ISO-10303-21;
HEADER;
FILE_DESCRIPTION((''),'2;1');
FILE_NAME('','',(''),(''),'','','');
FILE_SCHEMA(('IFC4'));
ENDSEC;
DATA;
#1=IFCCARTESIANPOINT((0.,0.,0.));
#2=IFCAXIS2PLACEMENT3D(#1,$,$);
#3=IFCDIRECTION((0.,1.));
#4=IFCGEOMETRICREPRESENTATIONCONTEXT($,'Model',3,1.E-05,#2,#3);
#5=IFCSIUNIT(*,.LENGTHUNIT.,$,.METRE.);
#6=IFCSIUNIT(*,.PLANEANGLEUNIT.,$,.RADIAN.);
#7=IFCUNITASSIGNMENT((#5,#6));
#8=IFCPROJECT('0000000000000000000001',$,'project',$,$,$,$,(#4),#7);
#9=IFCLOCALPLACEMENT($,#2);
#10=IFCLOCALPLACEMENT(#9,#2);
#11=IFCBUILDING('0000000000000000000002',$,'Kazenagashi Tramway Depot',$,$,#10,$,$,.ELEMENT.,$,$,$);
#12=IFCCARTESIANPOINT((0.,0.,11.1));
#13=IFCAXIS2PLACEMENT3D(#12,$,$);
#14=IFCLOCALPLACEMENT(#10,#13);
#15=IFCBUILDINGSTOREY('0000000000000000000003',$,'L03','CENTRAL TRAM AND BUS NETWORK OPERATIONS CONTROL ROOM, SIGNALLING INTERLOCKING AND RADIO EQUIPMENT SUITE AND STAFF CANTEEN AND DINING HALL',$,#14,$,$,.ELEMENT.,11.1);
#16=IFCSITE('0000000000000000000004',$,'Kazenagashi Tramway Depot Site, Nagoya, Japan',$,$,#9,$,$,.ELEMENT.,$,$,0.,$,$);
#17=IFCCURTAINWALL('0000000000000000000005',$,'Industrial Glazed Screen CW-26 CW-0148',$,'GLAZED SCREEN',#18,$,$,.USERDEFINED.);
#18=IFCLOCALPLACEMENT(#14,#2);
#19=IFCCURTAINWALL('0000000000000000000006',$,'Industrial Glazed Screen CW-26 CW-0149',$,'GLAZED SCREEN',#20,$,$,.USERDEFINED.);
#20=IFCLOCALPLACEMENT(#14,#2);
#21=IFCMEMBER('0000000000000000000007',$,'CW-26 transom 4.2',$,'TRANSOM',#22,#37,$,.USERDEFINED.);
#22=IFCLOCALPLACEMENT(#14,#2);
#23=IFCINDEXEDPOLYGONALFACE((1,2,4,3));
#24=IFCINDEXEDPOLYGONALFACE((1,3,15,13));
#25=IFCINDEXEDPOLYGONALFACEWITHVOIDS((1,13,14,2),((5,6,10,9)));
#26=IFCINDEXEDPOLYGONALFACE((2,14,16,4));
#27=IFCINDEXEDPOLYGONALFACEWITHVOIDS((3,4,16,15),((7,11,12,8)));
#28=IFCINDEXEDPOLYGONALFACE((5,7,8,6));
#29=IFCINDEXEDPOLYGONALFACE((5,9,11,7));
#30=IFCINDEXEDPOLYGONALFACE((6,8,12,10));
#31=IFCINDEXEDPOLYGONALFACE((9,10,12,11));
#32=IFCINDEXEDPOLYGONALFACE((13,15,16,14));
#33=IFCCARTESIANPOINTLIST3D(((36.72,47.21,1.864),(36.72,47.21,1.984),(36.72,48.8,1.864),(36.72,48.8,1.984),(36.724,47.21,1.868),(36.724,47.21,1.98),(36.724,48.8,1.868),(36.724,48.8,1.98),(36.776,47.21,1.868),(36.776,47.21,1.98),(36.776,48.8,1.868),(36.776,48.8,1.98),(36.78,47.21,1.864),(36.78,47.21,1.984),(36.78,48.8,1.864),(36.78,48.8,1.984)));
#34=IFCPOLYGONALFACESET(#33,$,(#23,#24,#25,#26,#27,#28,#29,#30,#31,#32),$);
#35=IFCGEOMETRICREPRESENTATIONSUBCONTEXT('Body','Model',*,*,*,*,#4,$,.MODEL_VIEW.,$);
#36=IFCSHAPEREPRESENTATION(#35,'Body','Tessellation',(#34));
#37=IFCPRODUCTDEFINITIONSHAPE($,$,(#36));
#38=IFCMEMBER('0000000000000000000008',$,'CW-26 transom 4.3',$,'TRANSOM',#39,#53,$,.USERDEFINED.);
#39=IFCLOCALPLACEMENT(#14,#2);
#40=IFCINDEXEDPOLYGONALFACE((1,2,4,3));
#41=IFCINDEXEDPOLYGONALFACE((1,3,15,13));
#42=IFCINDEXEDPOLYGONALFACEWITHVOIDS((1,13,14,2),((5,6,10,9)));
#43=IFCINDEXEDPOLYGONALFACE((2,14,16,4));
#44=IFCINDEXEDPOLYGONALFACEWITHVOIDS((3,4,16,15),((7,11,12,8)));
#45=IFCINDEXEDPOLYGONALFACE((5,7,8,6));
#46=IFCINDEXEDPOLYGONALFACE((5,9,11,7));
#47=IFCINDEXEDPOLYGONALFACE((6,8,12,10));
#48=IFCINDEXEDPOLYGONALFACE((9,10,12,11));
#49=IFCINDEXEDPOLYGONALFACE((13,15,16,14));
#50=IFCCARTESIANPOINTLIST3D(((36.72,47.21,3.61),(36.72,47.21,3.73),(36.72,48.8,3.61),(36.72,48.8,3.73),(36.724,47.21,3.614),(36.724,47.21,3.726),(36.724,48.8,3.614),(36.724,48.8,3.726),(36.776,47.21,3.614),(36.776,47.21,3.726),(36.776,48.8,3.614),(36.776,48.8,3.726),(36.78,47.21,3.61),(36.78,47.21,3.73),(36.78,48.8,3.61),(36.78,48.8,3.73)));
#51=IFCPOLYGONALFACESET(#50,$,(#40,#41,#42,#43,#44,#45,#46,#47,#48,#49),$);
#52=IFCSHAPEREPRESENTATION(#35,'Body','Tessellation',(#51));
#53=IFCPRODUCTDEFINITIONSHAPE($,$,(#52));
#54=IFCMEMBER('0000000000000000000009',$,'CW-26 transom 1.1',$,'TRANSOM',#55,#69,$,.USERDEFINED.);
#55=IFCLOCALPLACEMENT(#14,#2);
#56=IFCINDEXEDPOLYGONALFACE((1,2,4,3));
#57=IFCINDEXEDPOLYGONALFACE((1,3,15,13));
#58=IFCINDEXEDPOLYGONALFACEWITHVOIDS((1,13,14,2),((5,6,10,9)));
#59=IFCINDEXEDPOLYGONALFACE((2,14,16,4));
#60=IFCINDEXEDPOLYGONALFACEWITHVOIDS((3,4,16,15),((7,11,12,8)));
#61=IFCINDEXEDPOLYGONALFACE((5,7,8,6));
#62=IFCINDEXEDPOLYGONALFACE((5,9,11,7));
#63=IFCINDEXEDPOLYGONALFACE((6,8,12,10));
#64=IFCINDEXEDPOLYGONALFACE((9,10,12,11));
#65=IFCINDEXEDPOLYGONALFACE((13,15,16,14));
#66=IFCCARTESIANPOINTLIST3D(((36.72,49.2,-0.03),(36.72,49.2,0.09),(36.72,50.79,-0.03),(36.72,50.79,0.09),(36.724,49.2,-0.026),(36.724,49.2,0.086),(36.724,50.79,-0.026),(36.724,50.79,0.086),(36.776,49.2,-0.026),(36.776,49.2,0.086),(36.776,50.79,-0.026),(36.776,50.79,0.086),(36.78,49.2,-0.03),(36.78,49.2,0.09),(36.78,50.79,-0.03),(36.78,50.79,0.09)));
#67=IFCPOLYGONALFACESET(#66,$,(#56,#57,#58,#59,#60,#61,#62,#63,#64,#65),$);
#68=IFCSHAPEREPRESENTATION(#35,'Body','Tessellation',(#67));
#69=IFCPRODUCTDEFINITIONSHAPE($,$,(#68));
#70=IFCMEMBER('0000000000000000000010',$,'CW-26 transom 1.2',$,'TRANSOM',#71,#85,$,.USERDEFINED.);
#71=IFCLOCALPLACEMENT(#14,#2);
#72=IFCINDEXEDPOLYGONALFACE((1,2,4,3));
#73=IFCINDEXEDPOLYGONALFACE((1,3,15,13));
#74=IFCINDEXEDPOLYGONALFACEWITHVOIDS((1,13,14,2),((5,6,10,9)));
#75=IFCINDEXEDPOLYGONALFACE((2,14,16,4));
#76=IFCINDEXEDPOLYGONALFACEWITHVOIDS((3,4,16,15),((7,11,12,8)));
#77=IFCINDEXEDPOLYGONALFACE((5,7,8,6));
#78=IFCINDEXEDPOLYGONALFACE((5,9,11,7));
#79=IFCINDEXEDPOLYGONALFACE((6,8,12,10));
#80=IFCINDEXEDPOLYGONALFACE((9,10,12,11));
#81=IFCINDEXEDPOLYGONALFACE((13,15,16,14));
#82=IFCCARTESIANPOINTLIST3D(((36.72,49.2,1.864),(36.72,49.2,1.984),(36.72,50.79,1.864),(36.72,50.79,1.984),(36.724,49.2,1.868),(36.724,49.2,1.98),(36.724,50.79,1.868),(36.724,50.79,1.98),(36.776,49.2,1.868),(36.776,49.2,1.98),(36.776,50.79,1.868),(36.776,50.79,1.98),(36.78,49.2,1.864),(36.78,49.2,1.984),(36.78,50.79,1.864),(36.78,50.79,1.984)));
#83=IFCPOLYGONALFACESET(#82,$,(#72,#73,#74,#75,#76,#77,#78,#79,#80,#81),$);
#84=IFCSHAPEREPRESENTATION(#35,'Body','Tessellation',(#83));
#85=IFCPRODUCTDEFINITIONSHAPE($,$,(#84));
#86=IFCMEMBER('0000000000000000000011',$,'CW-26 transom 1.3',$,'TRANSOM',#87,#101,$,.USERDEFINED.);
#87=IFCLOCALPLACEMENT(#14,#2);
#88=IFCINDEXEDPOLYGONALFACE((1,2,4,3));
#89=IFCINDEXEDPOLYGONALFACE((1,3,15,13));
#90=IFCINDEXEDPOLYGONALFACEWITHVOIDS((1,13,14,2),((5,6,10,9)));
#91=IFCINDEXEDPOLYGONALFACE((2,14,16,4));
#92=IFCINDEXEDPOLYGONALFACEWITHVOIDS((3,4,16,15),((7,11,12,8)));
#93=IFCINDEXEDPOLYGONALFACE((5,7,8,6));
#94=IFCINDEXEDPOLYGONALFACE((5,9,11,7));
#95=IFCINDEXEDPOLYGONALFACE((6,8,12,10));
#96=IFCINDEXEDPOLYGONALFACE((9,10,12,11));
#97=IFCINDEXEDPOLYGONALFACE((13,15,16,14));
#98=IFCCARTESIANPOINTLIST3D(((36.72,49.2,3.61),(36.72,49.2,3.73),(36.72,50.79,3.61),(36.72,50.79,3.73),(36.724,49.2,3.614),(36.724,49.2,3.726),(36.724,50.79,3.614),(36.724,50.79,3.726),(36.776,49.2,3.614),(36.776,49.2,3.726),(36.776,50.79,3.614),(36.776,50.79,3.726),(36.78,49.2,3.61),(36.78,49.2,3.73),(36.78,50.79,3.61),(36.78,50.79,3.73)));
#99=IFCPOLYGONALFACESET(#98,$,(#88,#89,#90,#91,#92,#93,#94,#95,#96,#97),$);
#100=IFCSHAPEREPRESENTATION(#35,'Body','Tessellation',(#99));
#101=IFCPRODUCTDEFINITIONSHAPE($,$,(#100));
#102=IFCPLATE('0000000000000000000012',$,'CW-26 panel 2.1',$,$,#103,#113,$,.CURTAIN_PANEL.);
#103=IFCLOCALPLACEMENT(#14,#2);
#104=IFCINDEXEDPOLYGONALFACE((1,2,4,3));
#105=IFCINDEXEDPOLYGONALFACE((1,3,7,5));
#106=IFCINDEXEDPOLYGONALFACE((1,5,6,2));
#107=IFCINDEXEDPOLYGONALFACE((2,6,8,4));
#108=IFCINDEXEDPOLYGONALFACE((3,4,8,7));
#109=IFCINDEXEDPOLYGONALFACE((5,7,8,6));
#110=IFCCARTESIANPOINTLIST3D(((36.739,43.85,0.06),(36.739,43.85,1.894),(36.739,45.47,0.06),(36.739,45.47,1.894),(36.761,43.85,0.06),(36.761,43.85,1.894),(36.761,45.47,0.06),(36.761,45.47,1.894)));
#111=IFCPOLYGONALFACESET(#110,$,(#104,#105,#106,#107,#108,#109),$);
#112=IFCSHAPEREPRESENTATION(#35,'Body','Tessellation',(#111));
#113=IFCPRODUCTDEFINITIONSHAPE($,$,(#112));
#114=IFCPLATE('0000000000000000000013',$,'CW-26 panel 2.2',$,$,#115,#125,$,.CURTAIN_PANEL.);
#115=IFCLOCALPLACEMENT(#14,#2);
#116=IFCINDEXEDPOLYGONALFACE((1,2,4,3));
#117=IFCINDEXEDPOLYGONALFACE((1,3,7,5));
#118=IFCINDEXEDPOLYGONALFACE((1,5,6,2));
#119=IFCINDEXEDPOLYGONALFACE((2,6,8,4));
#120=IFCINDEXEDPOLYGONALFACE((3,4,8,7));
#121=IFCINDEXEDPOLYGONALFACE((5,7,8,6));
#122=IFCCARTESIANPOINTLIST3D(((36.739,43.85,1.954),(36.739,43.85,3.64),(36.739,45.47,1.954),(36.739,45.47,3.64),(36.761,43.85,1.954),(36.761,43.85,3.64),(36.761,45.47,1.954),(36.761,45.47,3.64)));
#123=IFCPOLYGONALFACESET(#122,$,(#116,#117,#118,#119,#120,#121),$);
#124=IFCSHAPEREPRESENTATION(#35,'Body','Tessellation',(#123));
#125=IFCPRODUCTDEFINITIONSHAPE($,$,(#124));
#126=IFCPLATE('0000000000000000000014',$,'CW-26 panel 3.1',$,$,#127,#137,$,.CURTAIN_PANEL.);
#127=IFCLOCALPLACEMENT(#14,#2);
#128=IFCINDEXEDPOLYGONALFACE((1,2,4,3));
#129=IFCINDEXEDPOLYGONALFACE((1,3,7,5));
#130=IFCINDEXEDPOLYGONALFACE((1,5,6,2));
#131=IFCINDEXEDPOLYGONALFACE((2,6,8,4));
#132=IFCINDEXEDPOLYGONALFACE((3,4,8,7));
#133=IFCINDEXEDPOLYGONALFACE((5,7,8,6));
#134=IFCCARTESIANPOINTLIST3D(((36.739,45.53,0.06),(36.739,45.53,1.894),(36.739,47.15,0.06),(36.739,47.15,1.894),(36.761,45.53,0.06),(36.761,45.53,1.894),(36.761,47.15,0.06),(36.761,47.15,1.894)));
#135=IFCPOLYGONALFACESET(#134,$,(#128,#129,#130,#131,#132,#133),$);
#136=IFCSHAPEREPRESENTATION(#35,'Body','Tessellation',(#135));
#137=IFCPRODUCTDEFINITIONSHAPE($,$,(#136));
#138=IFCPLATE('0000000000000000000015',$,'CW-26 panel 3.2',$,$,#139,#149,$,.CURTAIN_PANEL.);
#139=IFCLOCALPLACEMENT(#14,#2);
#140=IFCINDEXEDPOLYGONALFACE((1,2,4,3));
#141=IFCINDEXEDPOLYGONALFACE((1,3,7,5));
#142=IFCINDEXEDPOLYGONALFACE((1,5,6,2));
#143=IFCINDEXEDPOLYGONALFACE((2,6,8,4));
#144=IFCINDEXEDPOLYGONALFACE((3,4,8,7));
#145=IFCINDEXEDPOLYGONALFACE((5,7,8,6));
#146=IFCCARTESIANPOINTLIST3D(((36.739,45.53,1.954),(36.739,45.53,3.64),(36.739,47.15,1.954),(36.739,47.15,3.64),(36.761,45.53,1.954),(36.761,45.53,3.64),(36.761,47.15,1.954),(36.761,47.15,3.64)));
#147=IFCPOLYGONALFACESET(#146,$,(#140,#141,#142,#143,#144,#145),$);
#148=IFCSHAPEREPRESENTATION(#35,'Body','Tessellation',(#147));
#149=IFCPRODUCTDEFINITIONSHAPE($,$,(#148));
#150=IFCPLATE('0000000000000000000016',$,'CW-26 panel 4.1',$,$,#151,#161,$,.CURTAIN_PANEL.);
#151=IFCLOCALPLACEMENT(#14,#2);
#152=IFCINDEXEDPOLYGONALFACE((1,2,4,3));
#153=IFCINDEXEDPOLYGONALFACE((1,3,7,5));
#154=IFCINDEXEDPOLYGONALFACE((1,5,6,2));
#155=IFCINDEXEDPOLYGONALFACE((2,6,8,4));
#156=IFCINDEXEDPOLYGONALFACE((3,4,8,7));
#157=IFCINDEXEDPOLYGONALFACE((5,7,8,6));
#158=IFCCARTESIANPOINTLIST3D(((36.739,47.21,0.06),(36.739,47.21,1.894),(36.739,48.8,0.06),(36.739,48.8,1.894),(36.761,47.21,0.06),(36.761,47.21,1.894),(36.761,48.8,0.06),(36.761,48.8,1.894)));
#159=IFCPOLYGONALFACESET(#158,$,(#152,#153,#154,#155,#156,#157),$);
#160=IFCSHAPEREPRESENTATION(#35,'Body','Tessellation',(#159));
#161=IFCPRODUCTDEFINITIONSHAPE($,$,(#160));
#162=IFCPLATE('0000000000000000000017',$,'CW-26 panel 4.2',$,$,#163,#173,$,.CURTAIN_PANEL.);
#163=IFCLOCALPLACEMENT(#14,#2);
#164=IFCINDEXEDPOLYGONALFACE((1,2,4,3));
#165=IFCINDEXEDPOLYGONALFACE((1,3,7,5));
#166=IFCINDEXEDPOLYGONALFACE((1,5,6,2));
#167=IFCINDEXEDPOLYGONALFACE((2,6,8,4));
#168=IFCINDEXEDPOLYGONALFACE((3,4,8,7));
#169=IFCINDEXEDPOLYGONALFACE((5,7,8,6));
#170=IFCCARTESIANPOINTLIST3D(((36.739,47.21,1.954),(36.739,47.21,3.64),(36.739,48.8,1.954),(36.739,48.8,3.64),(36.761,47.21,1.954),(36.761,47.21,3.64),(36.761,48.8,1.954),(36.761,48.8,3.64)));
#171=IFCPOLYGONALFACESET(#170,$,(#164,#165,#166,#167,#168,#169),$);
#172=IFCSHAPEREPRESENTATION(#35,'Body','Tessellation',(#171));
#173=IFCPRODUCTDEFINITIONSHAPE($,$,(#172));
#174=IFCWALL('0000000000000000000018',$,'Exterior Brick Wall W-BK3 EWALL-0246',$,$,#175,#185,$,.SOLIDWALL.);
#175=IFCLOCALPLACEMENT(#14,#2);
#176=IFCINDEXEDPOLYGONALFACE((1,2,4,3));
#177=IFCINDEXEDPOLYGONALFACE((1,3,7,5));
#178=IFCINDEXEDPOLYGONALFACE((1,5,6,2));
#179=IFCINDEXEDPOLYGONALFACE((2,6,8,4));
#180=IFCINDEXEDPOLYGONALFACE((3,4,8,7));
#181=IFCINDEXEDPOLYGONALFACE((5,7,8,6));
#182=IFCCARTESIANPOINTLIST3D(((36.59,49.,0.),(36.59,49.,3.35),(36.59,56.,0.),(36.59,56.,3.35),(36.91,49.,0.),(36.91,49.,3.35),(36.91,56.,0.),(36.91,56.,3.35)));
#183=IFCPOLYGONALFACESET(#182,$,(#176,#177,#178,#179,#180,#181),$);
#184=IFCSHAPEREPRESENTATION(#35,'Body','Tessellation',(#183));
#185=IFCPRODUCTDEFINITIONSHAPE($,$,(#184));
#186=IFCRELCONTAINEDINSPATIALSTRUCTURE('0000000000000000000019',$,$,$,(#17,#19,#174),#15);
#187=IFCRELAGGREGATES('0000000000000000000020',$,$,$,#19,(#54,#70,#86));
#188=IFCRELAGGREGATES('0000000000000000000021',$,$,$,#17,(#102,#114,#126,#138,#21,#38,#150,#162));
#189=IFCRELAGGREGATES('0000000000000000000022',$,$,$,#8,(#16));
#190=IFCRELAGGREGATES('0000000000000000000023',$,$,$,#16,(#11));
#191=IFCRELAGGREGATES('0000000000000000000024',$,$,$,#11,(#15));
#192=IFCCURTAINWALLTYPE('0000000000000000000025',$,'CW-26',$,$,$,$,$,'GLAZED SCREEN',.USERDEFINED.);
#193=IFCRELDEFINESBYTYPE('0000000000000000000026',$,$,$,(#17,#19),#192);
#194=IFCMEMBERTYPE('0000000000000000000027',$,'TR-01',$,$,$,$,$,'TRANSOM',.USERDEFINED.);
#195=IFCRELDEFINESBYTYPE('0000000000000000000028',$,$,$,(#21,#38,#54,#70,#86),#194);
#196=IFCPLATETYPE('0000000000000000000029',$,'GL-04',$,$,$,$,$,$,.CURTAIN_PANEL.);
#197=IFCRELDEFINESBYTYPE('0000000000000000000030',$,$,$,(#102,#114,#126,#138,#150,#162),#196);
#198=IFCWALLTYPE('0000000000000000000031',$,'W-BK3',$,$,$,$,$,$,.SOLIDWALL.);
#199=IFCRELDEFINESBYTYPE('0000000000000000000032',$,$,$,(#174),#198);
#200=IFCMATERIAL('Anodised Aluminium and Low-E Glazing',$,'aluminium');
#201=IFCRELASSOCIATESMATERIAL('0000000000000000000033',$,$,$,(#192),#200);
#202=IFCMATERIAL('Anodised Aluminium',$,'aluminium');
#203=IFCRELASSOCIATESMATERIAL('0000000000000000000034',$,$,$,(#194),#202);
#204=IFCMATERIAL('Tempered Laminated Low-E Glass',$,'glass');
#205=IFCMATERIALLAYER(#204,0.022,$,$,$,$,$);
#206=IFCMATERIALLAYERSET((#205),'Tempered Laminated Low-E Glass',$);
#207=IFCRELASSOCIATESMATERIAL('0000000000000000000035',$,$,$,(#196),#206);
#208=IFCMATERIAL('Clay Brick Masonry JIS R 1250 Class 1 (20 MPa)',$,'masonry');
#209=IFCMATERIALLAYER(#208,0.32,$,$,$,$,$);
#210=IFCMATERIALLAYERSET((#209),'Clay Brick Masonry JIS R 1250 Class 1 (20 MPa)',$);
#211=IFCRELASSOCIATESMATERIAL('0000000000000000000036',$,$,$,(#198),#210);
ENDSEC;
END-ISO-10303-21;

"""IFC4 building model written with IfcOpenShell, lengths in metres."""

from ifc_helpers import new_model, si_unit, direction, frame, frame_2d, origin, origin_2d, place, context, subcontext, project, spatial, rectangle, hollow_rectangle, extrude, material, layer, layer_set, material_profile, profile_set, type_object, element, aggregate, save


model = new_model("IFC4")

# Units and contexts
model_context = context("Model", 3, precision=1e-05, world=origin(), true_north=direction((0.0, 1.0)))
body_context = subcontext(model_context, "Body", "Model", "MODEL_VIEW")
ifc_project = project(units=[si_unit("LENGTHUNIT", "METRE"), si_unit("PLANEANGLEUNIT", "RADIAN")], contexts=[model_context])

# Site, building, storey
site_placement = place(None, origin())
site = spatial("IfcSite", under=ifc_project, at=site_placement, Name="Kazenagashi Tramway Depot Site, Nagoya, Japan", CompositionType="ELEMENT", RefElevation=0.0)
building_placement = place(site_placement, origin())
building = spatial("IfcBuilding", under=site, at=building_placement, Name="Kazenagashi Tramway Depot", CompositionType="ELEMENT")
storey_placement = place(building_placement, frame((0.0, 0.0, 11.1)))
storey = spatial("IfcBuildingStorey", under=building, at=storey_placement, Name="L03", Description="CENTRAL TRAM AND BUS NETWORK OPERATIONS CONTROL ROOM, SIGNALLING INTERLOCKING AND RADIO EQUIPMENT SUITE AND STAFF CANTEEN AND DINING HALL", CompositionType="ELEMENT", Elevation=11.1)

# Curtain wall
ifc_material_1 = material(Name="Anodised Aluminium and Low-E Glazing", Category="aluminium")
curtain_wall_type = type_object("IfcCurtainWallType", Name="CW-26", ElementType="GLAZED SCREEN", PredefinedType="USERDEFINED", material=ifc_material_1)
curtain_wall_1_placement = place(storey_placement, origin())
curtain_wall_1 = element("IfcCurtainWall", 1, at=curtain_wall_1_placement, inside=storey, type_object=curtain_wall_type, Name="Industrial Glazed Screen CW-26 CW-0148", ObjectType="GLAZED SCREEN", PredefinedType="USERDEFINED")
ifc_material_2 = material(Name="Anodised Aluminium", Category="aluminium")

# Curtain wall
curtain_wall_2_placement = place(storey_placement, origin())
curtain_wall_2 = element("IfcCurtainWall", 2, at=curtain_wall_2_placement, inside=storey, type_object=curtain_wall_type, Name="Industrial Glazed Screen CW-26 CW-0149", ObjectType="GLAZED SCREEN", PredefinedType="USERDEFINED")

# Members
ifc_material_profile_1 = material_profile(ifc_material_2, hollow_rectangle(XDim=0.06, YDim=0.12, WallThickness=0.004, at=origin_2d()), Name="RHS-120x60x4")
ifc_profile_set_1 = profile_set([ifc_material_profile_1], Name="Anodised Aluminium")
member_type_1 = type_object("IfcMemberType", Name="TR-01", ElementType="TRANSOM", PredefinedType="USERDEFINED", material=ifc_profile_set_1)
member_1_placement = place(storey_placement, frame((36.75, 47.21, 1.924), z_axis=(0.0, 1.0, 0.0), x_axis=(-1.0, 0.0, 0.0)))
member_1 = element("IfcMember", 3, at=member_1_placement, type_object=member_type_1, Name="CW-26 transom 4.2", ObjectType="TRANSOM", PredefinedType="USERDEFINED", context=body_context, shape_type="SweptSolid", body=[
    extrude(hollow_rectangle(XDim=0.06, YDim=0.12, WallThickness=0.004, at=origin_2d()), origin(), (0.0, 0.0, 1.0), 1.59),
])
member_2_placement = place(storey_placement, frame((36.75, 47.21, 3.67), z_axis=(0.0, 1.0, 0.0), x_axis=(-1.0, 0.0, 0.0)))
member_2 = element("IfcMember", 4, at=member_2_placement, type_object=member_type_1, Name="CW-26 transom 4.3", ObjectType="TRANSOM", PredefinedType="USERDEFINED", context=body_context, shape_type="SweptSolid", body=[
    extrude(hollow_rectangle(XDim=0.06, YDim=0.12, WallThickness=0.004, at=origin_2d()), origin(), (0.0, 0.0, 1.0), 1.59),
])
member_3_placement = place(storey_placement, frame((36.75, 49.2, 0.03), z_axis=(0.0, 1.0, 0.0), x_axis=(-1.0, 0.0, 0.0)))
member_3 = element("IfcMember", 5, at=member_3_placement, type_object=member_type_1, Name="CW-26 transom 1.1", ObjectType="TRANSOM", PredefinedType="USERDEFINED", context=body_context, shape_type="SweptSolid", body=[
    extrude(hollow_rectangle(XDim=0.06, YDim=0.12, WallThickness=0.004, at=origin_2d()), origin(), (0.0, 0.0, 1.0), 1.59),
])
member_4_placement = place(storey_placement, frame((36.75, 49.2, 1.924), z_axis=(0.0, 1.0, 0.0), x_axis=(-1.0, 0.0, 0.0)))
member_4 = element("IfcMember", 6, at=member_4_placement, type_object=member_type_1, Name="CW-26 transom 1.2", ObjectType="TRANSOM", PredefinedType="USERDEFINED", context=body_context, shape_type="SweptSolid", body=[
    extrude(hollow_rectangle(XDim=0.06, YDim=0.12, WallThickness=0.004, at=origin_2d()), origin(), (0.0, 0.0, 1.0), 1.59),
])
member_5_placement = place(storey_placement, frame((36.75, 49.2, 3.67), z_axis=(0.0, 1.0, 0.0), x_axis=(-1.0, 0.0, 0.0)))
member_5 = element("IfcMember", 7, at=member_5_placement, type_object=member_type_1, Name="CW-26 transom 1.3", ObjectType="TRANSOM", PredefinedType="USERDEFINED", context=body_context, shape_type="SweptSolid", body=[
    extrude(hollow_rectangle(XDim=0.06, YDim=0.12, WallThickness=0.004, at=origin_2d()), origin(), (0.0, 0.0, 1.0), 1.59),
])
aggregate(curtain_wall_2, [member_3, member_4, member_5])

# Plates
ifc_material_3 = material(Name="Tempered Laminated Low-E Glass", Category="glass")
ifc_layer_1 = layer(ifc_material_3, 0.022)
ifc_layer_set_1 = layer_set([ifc_layer_1], Name="Tempered Laminated Low-E Glass")
plate_type = type_object("IfcPlateType", Name="GL-04", PredefinedType="CURTAIN_PANEL", material=ifc_layer_set_1)
plate_1_placement = place(storey_placement, frame((36.75, 44.66, 0.06), z_axis=(0.0, 0.0, 1.0), x_axis=(0.0, 1.0, 0.0)))
plate_1 = element("IfcPlate", 8, at=plate_1_placement, type_object=plate_type, Name="CW-26 panel 2.1", PredefinedType="CURTAIN_PANEL", context=body_context, shape_type="SweptSolid", body=[
    extrude(rectangle(XDim=1.62, YDim=0.022, at=origin_2d()), origin(), (0.0, 0.0, 1.0), 1.834),
])
plate_2_placement = place(storey_placement, frame((36.75, 44.66, 1.954), z_axis=(0.0, 0.0, 1.0), x_axis=(0.0, 1.0, 0.0)))
plate_2 = element("IfcPlate", 9, at=plate_2_placement, type_object=plate_type, Name="CW-26 panel 2.2", PredefinedType="CURTAIN_PANEL", context=body_context, shape_type="SweptSolid", body=[
    extrude(rectangle(XDim=1.62, YDim=0.022, at=origin_2d()), origin(), (0.0, 0.0, 1.0), 1.686),
])
plate_3_placement = place(storey_placement, frame((36.75, 46.34, 0.06), z_axis=(0.0, 0.0, 1.0), x_axis=(0.0, 1.0, 0.0)))
plate_3 = element("IfcPlate", 10, at=plate_3_placement, type_object=plate_type, Name="CW-26 panel 3.1", PredefinedType="CURTAIN_PANEL", context=body_context, shape_type="SweptSolid", body=[
    extrude(rectangle(XDim=1.62, YDim=0.022, at=origin_2d()), origin(), (0.0, 0.0, 1.0), 1.834),
])
plate_4_placement = place(storey_placement, frame((36.75, 46.34, 1.954), z_axis=(0.0, 0.0, 1.0), x_axis=(0.0, 1.0, 0.0)))
plate_4 = element("IfcPlate", 11, at=plate_4_placement, type_object=plate_type, Name="CW-26 panel 3.2", PredefinedType="CURTAIN_PANEL", context=body_context, shape_type="SweptSolid", body=[
    extrude(rectangle(XDim=1.62, YDim=0.022, at=origin_2d()), origin(), (0.0, 0.0, 1.0), 1.686),
])
plate_5_placement = place(storey_placement, frame((36.75, 48.005, 0.06), z_axis=(0.0, 0.0, 1.0), x_axis=(0.0, 1.0, 0.0)))
plate_5 = element("IfcPlate", 12, at=plate_5_placement, type_object=plate_type, Name="CW-26 panel 4.1", PredefinedType="CURTAIN_PANEL", context=body_context, shape_type="SweptSolid", body=[
    extrude(rectangle(XDim=1.59, YDim=0.022, at=origin_2d()), origin(), (0.0, 0.0, 1.0), 1.834),
])
plate_6_placement = place(storey_placement, frame((36.75, 48.005, 1.954), z_axis=(0.0, 0.0, 1.0), x_axis=(0.0, 1.0, 0.0)))
plate_6 = element("IfcPlate", 13, at=plate_6_placement, type_object=plate_type, Name="CW-26 panel 4.2", PredefinedType="CURTAIN_PANEL", context=body_context, shape_type="SweptSolid", body=[
    extrude(rectangle(XDim=1.59, YDim=0.022, at=origin_2d()), origin(), (0.0, 0.0, 1.0), 1.686),
])
aggregate(curtain_wall_1, [plate_1, plate_2, plate_3, plate_4, member_1, member_2, plate_5, plate_6])

# Wall
ifc_material_4 = material(Name="Clay Brick Masonry JIS R 1250 Class 1 (20 MPa)", Category="masonry")
ifc_layer_2 = layer(ifc_material_4, 0.32)
ifc_layer_set_2 = layer_set([ifc_layer_2], Name="Clay Brick Masonry JIS R 1250 Class 1 (20 MPa)")
wall_type = type_object("IfcWallType", Name="W-BK3", PredefinedType="SOLIDWALL", material=ifc_layer_set_2)
wall_placement = place(storey_placement, frame((36.75, 49.0, 0.0), z_axis=(0.0, 0.0, 1.0), x_axis=(0.0, 1.0, 0.0)))
element("IfcWall", 14, at=wall_placement, inside=storey, type_object=wall_type, Name="Exterior Brick Wall W-BK3 EWALL-0246", PredefinedType="SOLIDWALL", context=body_context, shape_type="SweptSolid", body=[
    extrude(rectangle(XDim=7.0, YDim=0.32, at=frame_2d((3.5, 0.0))), origin(), (0.0, 0.0, 1.0), 3.35),
])

save(model, "model.ifc")
